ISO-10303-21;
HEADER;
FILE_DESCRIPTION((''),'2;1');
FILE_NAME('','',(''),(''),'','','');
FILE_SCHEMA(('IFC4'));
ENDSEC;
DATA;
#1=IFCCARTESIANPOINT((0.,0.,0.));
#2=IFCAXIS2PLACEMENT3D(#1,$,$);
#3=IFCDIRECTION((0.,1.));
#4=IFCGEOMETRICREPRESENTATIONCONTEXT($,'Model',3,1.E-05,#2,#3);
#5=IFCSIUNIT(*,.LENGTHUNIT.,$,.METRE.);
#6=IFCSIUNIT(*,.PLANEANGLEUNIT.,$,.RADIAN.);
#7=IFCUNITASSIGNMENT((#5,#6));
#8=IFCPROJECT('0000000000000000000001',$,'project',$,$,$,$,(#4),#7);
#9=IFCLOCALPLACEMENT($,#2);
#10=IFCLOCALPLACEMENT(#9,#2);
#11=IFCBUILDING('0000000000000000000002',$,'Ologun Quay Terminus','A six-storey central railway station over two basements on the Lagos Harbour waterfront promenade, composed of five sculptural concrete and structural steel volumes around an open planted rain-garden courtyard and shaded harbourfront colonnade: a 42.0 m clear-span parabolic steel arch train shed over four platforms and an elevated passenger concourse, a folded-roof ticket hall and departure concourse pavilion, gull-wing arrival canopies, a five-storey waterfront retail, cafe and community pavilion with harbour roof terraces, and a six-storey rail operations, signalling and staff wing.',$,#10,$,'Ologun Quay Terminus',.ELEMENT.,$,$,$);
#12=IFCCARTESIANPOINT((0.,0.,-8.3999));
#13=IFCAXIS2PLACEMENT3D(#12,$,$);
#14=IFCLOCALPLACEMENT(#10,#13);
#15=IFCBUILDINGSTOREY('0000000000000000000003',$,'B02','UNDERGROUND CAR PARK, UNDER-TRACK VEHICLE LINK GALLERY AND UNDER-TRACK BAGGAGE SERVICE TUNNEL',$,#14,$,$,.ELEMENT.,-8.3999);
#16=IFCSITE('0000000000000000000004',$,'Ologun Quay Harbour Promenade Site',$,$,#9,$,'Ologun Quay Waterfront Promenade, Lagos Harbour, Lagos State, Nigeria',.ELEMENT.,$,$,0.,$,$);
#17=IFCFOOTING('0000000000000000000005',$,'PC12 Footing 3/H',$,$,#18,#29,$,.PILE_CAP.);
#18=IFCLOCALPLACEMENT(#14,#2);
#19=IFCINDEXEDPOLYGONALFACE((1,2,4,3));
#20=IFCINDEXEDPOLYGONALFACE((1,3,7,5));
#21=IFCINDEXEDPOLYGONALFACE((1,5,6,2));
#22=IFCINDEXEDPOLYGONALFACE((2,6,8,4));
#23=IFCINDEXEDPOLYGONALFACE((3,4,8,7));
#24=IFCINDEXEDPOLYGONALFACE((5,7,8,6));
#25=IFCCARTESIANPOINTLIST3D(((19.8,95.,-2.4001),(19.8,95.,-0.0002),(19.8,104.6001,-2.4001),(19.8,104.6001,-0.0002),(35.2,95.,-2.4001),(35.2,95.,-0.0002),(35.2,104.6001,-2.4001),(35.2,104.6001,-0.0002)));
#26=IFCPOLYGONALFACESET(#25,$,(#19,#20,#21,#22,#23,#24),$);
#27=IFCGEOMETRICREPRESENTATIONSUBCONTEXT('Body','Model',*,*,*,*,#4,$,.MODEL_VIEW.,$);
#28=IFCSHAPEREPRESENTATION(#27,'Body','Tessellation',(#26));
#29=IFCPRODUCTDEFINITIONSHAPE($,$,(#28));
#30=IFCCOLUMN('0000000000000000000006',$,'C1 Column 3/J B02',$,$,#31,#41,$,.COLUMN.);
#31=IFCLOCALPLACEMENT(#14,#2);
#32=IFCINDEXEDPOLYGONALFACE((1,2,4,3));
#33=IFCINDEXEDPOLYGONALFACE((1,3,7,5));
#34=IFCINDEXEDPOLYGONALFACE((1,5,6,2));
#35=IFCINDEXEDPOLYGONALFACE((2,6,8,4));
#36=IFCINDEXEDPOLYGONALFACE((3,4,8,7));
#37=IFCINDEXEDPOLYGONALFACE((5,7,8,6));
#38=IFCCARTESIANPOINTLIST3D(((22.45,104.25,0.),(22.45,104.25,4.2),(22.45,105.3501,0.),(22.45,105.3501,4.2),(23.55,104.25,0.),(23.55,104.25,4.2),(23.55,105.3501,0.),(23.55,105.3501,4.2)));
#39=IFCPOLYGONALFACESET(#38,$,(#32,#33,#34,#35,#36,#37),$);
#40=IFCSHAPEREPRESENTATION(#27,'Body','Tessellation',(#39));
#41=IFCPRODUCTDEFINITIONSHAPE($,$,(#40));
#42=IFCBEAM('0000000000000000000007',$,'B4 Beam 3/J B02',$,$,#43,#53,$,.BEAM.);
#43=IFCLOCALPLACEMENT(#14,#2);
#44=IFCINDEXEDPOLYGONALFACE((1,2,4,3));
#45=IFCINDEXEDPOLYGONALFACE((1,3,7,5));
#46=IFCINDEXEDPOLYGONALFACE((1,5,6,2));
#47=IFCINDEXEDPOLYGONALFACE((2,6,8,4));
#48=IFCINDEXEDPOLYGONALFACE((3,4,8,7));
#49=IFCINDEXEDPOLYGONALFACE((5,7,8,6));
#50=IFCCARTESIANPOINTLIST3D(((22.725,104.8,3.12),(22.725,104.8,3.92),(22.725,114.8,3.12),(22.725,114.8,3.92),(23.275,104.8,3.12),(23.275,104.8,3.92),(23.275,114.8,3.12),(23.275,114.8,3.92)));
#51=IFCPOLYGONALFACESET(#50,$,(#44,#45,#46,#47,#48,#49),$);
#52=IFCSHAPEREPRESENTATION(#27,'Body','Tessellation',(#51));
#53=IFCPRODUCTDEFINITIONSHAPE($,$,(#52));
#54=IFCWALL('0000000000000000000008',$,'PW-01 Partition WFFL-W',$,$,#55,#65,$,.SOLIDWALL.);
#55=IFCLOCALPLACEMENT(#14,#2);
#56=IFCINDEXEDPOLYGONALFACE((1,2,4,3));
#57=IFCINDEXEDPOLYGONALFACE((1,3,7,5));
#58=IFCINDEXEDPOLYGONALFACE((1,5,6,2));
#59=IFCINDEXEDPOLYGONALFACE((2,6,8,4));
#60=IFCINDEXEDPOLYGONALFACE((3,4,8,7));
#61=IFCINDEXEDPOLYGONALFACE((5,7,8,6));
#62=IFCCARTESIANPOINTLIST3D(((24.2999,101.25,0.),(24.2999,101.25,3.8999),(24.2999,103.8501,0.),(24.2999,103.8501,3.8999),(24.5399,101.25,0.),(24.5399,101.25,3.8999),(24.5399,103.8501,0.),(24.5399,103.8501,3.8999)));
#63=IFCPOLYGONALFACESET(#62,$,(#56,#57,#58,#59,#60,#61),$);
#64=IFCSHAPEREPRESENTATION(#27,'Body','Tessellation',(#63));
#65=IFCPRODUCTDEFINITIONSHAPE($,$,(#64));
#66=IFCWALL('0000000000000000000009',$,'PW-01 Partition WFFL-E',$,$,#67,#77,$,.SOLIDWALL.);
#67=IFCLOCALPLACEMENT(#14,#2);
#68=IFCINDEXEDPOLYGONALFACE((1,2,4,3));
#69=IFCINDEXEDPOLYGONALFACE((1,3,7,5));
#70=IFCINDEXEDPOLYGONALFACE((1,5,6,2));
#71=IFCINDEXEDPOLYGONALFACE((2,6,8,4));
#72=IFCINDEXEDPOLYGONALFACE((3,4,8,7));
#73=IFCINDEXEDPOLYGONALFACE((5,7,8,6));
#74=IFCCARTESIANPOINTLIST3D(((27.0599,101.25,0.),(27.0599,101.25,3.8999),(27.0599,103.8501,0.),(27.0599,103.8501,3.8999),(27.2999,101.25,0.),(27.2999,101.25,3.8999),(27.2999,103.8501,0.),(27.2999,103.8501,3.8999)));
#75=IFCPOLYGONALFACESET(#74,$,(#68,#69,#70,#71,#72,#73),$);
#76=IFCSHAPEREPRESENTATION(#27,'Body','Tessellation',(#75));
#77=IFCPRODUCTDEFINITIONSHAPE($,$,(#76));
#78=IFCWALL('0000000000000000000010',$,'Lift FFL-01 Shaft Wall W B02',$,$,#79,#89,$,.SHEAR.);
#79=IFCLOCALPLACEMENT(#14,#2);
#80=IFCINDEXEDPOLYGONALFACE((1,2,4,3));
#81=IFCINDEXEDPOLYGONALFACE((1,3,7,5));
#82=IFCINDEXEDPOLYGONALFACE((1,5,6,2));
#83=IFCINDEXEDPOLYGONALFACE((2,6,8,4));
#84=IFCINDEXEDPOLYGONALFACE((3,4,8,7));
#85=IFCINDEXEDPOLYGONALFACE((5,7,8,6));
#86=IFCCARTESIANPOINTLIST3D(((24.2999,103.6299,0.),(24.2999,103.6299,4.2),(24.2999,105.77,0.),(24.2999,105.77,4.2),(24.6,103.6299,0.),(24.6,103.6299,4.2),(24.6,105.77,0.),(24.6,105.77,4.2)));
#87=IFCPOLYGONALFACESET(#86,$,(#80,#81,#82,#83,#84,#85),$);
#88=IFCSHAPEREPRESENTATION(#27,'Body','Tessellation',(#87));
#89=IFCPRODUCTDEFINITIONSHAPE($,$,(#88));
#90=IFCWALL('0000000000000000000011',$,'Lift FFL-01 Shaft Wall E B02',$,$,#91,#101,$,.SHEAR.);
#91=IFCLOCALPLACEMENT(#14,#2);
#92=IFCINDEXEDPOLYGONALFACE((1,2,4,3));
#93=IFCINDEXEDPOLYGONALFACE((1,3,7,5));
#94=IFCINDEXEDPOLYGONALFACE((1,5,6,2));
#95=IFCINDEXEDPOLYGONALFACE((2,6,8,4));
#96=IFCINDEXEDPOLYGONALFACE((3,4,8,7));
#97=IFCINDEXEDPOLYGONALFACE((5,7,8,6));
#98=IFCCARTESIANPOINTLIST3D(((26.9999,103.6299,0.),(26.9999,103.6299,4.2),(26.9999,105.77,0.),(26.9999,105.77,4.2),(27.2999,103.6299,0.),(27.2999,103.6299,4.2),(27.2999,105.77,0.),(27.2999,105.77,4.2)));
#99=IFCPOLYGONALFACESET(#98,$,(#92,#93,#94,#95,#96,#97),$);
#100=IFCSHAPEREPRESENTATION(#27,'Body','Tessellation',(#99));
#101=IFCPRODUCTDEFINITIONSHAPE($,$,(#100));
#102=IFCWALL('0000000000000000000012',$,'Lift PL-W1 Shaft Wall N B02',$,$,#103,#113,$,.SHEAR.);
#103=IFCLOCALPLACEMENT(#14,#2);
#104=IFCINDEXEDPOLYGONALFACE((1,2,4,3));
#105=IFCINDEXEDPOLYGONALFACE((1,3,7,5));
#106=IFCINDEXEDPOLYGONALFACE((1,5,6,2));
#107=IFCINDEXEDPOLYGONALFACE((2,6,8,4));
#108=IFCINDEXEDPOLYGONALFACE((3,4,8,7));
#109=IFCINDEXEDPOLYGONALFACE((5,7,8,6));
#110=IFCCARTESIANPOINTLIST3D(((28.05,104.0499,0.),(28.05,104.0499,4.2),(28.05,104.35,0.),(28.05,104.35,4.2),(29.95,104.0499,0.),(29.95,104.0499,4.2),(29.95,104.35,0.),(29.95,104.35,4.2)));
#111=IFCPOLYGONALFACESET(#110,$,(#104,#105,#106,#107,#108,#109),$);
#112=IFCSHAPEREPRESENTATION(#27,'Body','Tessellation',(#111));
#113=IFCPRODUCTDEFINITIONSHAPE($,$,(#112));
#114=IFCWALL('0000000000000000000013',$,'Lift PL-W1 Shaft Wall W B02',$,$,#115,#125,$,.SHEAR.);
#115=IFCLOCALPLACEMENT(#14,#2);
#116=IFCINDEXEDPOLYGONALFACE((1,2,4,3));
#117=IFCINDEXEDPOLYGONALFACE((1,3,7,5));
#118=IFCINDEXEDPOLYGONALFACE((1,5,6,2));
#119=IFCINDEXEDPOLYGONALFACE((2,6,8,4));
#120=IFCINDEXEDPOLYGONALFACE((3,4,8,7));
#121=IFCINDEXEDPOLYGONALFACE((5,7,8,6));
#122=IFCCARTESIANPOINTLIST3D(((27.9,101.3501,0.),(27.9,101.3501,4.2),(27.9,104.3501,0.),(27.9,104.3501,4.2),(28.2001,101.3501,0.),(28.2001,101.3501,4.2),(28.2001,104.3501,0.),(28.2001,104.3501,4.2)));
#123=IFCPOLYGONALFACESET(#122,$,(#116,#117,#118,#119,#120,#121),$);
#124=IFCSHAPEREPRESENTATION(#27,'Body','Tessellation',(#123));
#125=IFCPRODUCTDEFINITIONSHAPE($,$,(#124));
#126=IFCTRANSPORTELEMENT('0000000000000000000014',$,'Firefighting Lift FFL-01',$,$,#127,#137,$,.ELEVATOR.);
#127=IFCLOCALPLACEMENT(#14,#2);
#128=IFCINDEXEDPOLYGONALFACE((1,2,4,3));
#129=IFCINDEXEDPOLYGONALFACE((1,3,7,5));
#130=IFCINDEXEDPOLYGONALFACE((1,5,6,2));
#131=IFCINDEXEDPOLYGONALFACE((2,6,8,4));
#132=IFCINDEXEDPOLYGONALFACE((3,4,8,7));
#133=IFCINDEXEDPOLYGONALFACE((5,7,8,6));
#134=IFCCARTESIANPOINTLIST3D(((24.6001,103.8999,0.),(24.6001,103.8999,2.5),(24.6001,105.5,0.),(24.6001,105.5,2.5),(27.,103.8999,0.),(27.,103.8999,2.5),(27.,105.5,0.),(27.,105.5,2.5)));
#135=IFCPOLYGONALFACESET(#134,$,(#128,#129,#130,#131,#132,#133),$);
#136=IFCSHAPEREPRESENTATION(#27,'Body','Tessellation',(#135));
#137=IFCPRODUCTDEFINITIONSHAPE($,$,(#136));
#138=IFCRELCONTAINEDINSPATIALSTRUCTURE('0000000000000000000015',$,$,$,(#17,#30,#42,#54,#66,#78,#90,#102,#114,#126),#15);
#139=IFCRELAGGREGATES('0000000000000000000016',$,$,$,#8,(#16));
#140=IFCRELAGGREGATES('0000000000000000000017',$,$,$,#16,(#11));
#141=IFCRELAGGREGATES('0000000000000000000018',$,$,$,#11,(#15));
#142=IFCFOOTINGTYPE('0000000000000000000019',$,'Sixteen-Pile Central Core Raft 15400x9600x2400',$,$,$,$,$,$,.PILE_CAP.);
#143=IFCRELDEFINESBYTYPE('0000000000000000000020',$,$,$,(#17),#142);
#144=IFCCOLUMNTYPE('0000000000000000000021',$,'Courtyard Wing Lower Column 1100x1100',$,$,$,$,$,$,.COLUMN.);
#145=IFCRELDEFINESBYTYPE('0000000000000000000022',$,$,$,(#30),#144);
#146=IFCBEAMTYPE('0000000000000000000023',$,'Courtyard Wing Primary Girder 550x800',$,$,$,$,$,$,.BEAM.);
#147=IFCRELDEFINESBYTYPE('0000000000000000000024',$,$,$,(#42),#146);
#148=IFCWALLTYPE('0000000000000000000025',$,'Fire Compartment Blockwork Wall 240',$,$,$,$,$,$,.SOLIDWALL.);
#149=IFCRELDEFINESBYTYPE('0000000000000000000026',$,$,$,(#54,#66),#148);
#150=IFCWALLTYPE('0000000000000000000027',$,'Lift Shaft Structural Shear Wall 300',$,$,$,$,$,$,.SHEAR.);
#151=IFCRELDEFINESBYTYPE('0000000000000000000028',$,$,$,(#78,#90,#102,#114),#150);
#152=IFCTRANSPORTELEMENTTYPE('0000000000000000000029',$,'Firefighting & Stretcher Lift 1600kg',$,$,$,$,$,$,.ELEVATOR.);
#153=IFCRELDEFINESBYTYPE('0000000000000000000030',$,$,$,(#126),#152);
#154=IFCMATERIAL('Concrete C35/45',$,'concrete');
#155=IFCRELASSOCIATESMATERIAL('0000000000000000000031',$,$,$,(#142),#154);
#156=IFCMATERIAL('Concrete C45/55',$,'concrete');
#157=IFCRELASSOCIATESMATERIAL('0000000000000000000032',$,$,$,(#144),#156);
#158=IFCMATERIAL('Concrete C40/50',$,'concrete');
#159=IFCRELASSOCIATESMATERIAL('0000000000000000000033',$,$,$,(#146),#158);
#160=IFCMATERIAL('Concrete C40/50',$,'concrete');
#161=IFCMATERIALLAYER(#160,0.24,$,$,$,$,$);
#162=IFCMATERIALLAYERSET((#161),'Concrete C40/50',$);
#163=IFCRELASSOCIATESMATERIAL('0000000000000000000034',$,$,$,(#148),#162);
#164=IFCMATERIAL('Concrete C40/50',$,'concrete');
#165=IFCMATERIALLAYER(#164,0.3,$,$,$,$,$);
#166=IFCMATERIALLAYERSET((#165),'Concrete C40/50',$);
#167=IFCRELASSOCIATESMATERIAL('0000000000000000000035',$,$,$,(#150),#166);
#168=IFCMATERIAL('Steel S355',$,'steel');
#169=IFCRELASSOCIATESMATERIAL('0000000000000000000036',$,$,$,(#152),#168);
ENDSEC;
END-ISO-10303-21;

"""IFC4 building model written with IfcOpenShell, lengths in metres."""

from ifc_helpers import new_model, si_unit, direction, frame, frame_2d, origin, origin_2d, place, context, subcontext, project, spatial, rectangle, extrude, material, layer, layer_set, material_profile, profile_set, type_object, element, save


model = new_model("IFC4")

# Units and contexts
model_context = context("Model", 3, precision=1e-05, world=origin(), true_north=direction((0.0, 1.0)))
body_context = subcontext(model_context, "Body", "Model", "MODEL_VIEW")
ifc_project = project(units=[si_unit("LENGTHUNIT", "METRE"), si_unit("PLANEANGLEUNIT", "RADIAN")], contexts=[model_context])

# Site, building, storey
site_placement = place(None, origin())
site = spatial("IfcSite", under=ifc_project, at=site_placement, Name="Ologun Quay Harbour Promenade Site", LongName="Ologun Quay Waterfront Promenade, Lagos Harbour, Lagos State, Nigeria", CompositionType="ELEMENT", RefElevation=0.0)
building_placement = place(site_placement, origin())
building = spatial("IfcBuilding", under=site, at=building_placement, Name="Ologun Quay Terminus", Description="A six-storey central railway station over two basements on the Lagos Harbour waterfront promenade, composed of five sculptural concrete and structural steel volumes around an open planted rain-garden courtyard and shaded harbourfront colonnade: a 42.0 m clear-span parabolic steel arch train shed over four platforms and an elevated passenger concourse, a folded-roof ticket hall and departure concourse pavilion, gull-wing arrival canopies, a five-storey waterfront retail, cafe and community pavilion with harbour roof terraces, and a six-storey rail operations, signalling and staff wing.", LongName="Ologun Quay Terminus", CompositionType="ELEMENT")
storey_placement = place(building_placement, frame((0.0, 0.0, -8.3999)))
storey = spatial("IfcBuildingStorey", under=building, at=storey_placement, Name="B02", Description="UNDERGROUND CAR PARK, UNDER-TRACK VEHICLE LINK GALLERY AND UNDER-TRACK BAGGAGE SERVICE TUNNEL", CompositionType="ELEMENT", Elevation=-8.3999)

# Footing
ifc_material_1 = material(Name="Concrete C35/45", Category="concrete")
footing_type = type_object("IfcFootingType", Name="Sixteen-Pile Central Core Raft 15400x9600x2400", PredefinedType="PILE_CAP", material=ifc_material_1)
footing_placement = place(storey_placement, frame((27.5, 99.8, -2.4001), z_axis=(0.0, 0.0, 1.0), x_axis=(1.0, 0.0, 0.0)))
element("IfcFooting", 1, at=footing_placement, inside=storey, type_object=footing_type, Name="PC12 Footing 3/H", PredefinedType="PILE_CAP", context=body_context, shape_type="SweptSolid", body=[
    extrude(rectangle(XDim=15.3999, YDim=9.6001, at=origin_2d()), origin(), (0.0, 0.0, 1.0), 2.3999),
])

# Column
ifc_material_2 = material(Name="Concrete C45/55", Category="concrete")
ifc_material_profile_1 = material_profile(ifc_material_2, rectangle(XDim=1.1001, YDim=1.1001, at=origin_2d()), Name="RC 1100x1100")
ifc_profile_set_1 = profile_set([ifc_material_profile_1], Name="Concrete C45/55")
column_type = type_object("IfcColumnType", Name="Courtyard Wing Lower Column 1100x1100", PredefinedType="COLUMN", material=ifc_profile_set_1)
column_placement = place(storey_placement, frame((23.0, 104.8, 0.0), z_axis=(0.0, 0.0, 1.0), x_axis=(1.0, 0.0, 0.0)))
element("IfcColumn", 2, at=column_placement, inside=storey, type_object=column_type, Name="C1 Column 3/J B02", PredefinedType="COLUMN", context=body_context, shape_type="SweptSolid", body=[
    extrude(rectangle(XDim=1.1001, YDim=1.1001, at=origin_2d()), origin(), (0.0, 0.0, 1.0), 4.2),
])

# Beam
ifc_material_3 = material(Name="Concrete C40/50", Category="concrete")
ifc_material_profile_2 = material_profile(ifc_material_3, rectangle(XDim=0.55, YDim=0.8, at=origin_2d()), Name="RC 550x800")
ifc_profile_set_2 = profile_set([ifc_material_profile_2], Name="Concrete C40/50")
beam_type = type_object("IfcBeamType", Name="Courtyard Wing Primary Girder 550x800", PredefinedType="BEAM", material=ifc_profile_set_2)
beam_placement = place(storey_placement, frame((23.0, 104.8, 3.52), z_axis=(0.0, 1.0, 0.0), x_axis=(-1.0, 0.0, 0.0)))
element("IfcBeam", 3, at=beam_placement, inside=storey, type_object=beam_type, Name="B4 Beam 3/J B02", PredefinedType="BEAM", context=body_context, shape_type="SweptSolid", body=[
    extrude(rectangle(XDim=0.55, YDim=0.8, at=origin_2d()), origin(), (0.0, 0.0, 1.0), 10.0),
])

# Shared definitions
ifc_material_4 = material(Name="Concrete C40/50", Category="concrete")
ifc_layer_1 = layer(ifc_material_4, 0.24)
ifc_layer_set_1 = layer_set([ifc_layer_1], Name="Concrete C40/50")
wall_type_1 = type_object("IfcWallType", Name="Fire Compartment Blockwork Wall 240", PredefinedType="SOLIDWALL", material=ifc_layer_set_1)

# Walls
for number, where, z_axis, x_axis, name in (
    (4, (24.4199, 101.25, 0.0), (0.0, 0.0, 1.0), (0.0, 1.0, 0.0), "PW-01 Partition WFFL-W"),
    (5, (27.1799, 101.25, 0.0), (0.0, 0.0, 1.0), (0.0, 1.0, 0.0), "PW-01 Partition WFFL-E"),
):
    element("IfcWall", number, at=place(storey_placement, frame(where, z_axis=z_axis, x_axis=x_axis)), inside=storey, type_object=wall_type_1, Name=name, PredefinedType="SOLIDWALL", context=body_context, shape_type="SweptSolid", body=[
        extrude(rectangle(XDim=2.6001, YDim=0.24, at=frame_2d((1.3, 0.0))), origin(), (0.0, 0.0, 1.0), 3.8999),
    ])

# Shared definitions
ifc_material_5 = material(Name="Concrete C40/50", Category="concrete")
ifc_layer_2 = layer(ifc_material_5, 0.3)
ifc_layer_set_2 = layer_set([ifc_layer_2], Name="Concrete C40/50")
wall_type_2 = type_object("IfcWallType", Name="Lift Shaft Structural Shear Wall 300", PredefinedType="SHEAR", material=ifc_layer_set_2)

# Walls
for number, where, z_axis, x_axis, name in (
    (6, (24.45, 103.6299, 0.0), (0.0, 0.0, 1.0), (0.0, 1.0, 0.0), "Lift FFL-01 Shaft Wall W B02"),
    (7, (27.1499, 103.6299, 0.0), (0.0, 0.0, 1.0), (0.0, 1.0, 0.0), "Lift FFL-01 Shaft Wall E B02"),
):
    element("IfcWall", number, at=place(storey_placement, frame(where, z_axis=z_axis, x_axis=x_axis)), inside=storey, type_object=wall_type_2, Name=name, PredefinedType="SHEAR", context=body_context, shape_type="SweptSolid", body=[
        extrude(rectangle(XDim=2.1401, YDim=0.3, at=frame_2d((1.0701, 0.0))), origin(), (0.0, 0.0, 1.0), 4.2),
    ])

# Walls
wall_1_placement = place(storey_placement, frame((28.05, 104.2, 0.0), z_axis=(0.0, 0.0, 1.0), x_axis=(1.0, 0.0, 0.0)))
element("IfcWall", 8, at=wall_1_placement, inside=storey, type_object=wall_type_2, Name="Lift PL-W1 Shaft Wall N B02", PredefinedType="SHEAR", context=body_context, shape_type="SweptSolid", body=[
    extrude(rectangle(XDim=1.8999, YDim=0.3, at=frame_2d((0.95, 0.0))), origin(), (0.0, 0.0, 1.0), 4.2),
])
wall_2_placement = place(storey_placement, frame((28.05, 101.3501, 0.0), z_axis=(0.0, 0.0, 1.0), x_axis=(0.0, 1.0, 0.0)))
element("IfcWall", 9, at=wall_2_placement, inside=storey, type_object=wall_type_2, Name="Lift PL-W1 Shaft Wall W B02", PredefinedType="SHEAR", context=body_context, shape_type="SweptSolid", body=[
    extrude(rectangle(XDim=3.0, YDim=0.3, at=frame_2d((1.5, 0.0))), origin(), (0.0, 0.0, 1.0), 4.2),
])

# Transport element
ifc_material_6 = material(Name="Steel S355", Category="steel")
transport_element_type = type_object("IfcTransportElementType", Name="Firefighting & Stretcher Lift 1600kg", PredefinedType="ELEVATOR", material=ifc_material_6)
transport_element_placement = place(storey_placement, frame((25.8, 104.7, 0.0), z_axis=(0.0, 0.0, 1.0), x_axis=(1.0, 0.0, 0.0)))
element("IfcTransportElement", 10, at=transport_element_placement, inside=storey, type_object=transport_element_type, Name="Firefighting Lift FFL-01", PredefinedType="ELEVATOR", context=body_context, shape_type="SweptSolid", body=[
    extrude(rectangle(XDim=2.3999, YDim=1.6001, at=origin_2d()), origin(), (0.0, 0.0, 1.0), 2.5),
])

save(model, "model.ifc")
